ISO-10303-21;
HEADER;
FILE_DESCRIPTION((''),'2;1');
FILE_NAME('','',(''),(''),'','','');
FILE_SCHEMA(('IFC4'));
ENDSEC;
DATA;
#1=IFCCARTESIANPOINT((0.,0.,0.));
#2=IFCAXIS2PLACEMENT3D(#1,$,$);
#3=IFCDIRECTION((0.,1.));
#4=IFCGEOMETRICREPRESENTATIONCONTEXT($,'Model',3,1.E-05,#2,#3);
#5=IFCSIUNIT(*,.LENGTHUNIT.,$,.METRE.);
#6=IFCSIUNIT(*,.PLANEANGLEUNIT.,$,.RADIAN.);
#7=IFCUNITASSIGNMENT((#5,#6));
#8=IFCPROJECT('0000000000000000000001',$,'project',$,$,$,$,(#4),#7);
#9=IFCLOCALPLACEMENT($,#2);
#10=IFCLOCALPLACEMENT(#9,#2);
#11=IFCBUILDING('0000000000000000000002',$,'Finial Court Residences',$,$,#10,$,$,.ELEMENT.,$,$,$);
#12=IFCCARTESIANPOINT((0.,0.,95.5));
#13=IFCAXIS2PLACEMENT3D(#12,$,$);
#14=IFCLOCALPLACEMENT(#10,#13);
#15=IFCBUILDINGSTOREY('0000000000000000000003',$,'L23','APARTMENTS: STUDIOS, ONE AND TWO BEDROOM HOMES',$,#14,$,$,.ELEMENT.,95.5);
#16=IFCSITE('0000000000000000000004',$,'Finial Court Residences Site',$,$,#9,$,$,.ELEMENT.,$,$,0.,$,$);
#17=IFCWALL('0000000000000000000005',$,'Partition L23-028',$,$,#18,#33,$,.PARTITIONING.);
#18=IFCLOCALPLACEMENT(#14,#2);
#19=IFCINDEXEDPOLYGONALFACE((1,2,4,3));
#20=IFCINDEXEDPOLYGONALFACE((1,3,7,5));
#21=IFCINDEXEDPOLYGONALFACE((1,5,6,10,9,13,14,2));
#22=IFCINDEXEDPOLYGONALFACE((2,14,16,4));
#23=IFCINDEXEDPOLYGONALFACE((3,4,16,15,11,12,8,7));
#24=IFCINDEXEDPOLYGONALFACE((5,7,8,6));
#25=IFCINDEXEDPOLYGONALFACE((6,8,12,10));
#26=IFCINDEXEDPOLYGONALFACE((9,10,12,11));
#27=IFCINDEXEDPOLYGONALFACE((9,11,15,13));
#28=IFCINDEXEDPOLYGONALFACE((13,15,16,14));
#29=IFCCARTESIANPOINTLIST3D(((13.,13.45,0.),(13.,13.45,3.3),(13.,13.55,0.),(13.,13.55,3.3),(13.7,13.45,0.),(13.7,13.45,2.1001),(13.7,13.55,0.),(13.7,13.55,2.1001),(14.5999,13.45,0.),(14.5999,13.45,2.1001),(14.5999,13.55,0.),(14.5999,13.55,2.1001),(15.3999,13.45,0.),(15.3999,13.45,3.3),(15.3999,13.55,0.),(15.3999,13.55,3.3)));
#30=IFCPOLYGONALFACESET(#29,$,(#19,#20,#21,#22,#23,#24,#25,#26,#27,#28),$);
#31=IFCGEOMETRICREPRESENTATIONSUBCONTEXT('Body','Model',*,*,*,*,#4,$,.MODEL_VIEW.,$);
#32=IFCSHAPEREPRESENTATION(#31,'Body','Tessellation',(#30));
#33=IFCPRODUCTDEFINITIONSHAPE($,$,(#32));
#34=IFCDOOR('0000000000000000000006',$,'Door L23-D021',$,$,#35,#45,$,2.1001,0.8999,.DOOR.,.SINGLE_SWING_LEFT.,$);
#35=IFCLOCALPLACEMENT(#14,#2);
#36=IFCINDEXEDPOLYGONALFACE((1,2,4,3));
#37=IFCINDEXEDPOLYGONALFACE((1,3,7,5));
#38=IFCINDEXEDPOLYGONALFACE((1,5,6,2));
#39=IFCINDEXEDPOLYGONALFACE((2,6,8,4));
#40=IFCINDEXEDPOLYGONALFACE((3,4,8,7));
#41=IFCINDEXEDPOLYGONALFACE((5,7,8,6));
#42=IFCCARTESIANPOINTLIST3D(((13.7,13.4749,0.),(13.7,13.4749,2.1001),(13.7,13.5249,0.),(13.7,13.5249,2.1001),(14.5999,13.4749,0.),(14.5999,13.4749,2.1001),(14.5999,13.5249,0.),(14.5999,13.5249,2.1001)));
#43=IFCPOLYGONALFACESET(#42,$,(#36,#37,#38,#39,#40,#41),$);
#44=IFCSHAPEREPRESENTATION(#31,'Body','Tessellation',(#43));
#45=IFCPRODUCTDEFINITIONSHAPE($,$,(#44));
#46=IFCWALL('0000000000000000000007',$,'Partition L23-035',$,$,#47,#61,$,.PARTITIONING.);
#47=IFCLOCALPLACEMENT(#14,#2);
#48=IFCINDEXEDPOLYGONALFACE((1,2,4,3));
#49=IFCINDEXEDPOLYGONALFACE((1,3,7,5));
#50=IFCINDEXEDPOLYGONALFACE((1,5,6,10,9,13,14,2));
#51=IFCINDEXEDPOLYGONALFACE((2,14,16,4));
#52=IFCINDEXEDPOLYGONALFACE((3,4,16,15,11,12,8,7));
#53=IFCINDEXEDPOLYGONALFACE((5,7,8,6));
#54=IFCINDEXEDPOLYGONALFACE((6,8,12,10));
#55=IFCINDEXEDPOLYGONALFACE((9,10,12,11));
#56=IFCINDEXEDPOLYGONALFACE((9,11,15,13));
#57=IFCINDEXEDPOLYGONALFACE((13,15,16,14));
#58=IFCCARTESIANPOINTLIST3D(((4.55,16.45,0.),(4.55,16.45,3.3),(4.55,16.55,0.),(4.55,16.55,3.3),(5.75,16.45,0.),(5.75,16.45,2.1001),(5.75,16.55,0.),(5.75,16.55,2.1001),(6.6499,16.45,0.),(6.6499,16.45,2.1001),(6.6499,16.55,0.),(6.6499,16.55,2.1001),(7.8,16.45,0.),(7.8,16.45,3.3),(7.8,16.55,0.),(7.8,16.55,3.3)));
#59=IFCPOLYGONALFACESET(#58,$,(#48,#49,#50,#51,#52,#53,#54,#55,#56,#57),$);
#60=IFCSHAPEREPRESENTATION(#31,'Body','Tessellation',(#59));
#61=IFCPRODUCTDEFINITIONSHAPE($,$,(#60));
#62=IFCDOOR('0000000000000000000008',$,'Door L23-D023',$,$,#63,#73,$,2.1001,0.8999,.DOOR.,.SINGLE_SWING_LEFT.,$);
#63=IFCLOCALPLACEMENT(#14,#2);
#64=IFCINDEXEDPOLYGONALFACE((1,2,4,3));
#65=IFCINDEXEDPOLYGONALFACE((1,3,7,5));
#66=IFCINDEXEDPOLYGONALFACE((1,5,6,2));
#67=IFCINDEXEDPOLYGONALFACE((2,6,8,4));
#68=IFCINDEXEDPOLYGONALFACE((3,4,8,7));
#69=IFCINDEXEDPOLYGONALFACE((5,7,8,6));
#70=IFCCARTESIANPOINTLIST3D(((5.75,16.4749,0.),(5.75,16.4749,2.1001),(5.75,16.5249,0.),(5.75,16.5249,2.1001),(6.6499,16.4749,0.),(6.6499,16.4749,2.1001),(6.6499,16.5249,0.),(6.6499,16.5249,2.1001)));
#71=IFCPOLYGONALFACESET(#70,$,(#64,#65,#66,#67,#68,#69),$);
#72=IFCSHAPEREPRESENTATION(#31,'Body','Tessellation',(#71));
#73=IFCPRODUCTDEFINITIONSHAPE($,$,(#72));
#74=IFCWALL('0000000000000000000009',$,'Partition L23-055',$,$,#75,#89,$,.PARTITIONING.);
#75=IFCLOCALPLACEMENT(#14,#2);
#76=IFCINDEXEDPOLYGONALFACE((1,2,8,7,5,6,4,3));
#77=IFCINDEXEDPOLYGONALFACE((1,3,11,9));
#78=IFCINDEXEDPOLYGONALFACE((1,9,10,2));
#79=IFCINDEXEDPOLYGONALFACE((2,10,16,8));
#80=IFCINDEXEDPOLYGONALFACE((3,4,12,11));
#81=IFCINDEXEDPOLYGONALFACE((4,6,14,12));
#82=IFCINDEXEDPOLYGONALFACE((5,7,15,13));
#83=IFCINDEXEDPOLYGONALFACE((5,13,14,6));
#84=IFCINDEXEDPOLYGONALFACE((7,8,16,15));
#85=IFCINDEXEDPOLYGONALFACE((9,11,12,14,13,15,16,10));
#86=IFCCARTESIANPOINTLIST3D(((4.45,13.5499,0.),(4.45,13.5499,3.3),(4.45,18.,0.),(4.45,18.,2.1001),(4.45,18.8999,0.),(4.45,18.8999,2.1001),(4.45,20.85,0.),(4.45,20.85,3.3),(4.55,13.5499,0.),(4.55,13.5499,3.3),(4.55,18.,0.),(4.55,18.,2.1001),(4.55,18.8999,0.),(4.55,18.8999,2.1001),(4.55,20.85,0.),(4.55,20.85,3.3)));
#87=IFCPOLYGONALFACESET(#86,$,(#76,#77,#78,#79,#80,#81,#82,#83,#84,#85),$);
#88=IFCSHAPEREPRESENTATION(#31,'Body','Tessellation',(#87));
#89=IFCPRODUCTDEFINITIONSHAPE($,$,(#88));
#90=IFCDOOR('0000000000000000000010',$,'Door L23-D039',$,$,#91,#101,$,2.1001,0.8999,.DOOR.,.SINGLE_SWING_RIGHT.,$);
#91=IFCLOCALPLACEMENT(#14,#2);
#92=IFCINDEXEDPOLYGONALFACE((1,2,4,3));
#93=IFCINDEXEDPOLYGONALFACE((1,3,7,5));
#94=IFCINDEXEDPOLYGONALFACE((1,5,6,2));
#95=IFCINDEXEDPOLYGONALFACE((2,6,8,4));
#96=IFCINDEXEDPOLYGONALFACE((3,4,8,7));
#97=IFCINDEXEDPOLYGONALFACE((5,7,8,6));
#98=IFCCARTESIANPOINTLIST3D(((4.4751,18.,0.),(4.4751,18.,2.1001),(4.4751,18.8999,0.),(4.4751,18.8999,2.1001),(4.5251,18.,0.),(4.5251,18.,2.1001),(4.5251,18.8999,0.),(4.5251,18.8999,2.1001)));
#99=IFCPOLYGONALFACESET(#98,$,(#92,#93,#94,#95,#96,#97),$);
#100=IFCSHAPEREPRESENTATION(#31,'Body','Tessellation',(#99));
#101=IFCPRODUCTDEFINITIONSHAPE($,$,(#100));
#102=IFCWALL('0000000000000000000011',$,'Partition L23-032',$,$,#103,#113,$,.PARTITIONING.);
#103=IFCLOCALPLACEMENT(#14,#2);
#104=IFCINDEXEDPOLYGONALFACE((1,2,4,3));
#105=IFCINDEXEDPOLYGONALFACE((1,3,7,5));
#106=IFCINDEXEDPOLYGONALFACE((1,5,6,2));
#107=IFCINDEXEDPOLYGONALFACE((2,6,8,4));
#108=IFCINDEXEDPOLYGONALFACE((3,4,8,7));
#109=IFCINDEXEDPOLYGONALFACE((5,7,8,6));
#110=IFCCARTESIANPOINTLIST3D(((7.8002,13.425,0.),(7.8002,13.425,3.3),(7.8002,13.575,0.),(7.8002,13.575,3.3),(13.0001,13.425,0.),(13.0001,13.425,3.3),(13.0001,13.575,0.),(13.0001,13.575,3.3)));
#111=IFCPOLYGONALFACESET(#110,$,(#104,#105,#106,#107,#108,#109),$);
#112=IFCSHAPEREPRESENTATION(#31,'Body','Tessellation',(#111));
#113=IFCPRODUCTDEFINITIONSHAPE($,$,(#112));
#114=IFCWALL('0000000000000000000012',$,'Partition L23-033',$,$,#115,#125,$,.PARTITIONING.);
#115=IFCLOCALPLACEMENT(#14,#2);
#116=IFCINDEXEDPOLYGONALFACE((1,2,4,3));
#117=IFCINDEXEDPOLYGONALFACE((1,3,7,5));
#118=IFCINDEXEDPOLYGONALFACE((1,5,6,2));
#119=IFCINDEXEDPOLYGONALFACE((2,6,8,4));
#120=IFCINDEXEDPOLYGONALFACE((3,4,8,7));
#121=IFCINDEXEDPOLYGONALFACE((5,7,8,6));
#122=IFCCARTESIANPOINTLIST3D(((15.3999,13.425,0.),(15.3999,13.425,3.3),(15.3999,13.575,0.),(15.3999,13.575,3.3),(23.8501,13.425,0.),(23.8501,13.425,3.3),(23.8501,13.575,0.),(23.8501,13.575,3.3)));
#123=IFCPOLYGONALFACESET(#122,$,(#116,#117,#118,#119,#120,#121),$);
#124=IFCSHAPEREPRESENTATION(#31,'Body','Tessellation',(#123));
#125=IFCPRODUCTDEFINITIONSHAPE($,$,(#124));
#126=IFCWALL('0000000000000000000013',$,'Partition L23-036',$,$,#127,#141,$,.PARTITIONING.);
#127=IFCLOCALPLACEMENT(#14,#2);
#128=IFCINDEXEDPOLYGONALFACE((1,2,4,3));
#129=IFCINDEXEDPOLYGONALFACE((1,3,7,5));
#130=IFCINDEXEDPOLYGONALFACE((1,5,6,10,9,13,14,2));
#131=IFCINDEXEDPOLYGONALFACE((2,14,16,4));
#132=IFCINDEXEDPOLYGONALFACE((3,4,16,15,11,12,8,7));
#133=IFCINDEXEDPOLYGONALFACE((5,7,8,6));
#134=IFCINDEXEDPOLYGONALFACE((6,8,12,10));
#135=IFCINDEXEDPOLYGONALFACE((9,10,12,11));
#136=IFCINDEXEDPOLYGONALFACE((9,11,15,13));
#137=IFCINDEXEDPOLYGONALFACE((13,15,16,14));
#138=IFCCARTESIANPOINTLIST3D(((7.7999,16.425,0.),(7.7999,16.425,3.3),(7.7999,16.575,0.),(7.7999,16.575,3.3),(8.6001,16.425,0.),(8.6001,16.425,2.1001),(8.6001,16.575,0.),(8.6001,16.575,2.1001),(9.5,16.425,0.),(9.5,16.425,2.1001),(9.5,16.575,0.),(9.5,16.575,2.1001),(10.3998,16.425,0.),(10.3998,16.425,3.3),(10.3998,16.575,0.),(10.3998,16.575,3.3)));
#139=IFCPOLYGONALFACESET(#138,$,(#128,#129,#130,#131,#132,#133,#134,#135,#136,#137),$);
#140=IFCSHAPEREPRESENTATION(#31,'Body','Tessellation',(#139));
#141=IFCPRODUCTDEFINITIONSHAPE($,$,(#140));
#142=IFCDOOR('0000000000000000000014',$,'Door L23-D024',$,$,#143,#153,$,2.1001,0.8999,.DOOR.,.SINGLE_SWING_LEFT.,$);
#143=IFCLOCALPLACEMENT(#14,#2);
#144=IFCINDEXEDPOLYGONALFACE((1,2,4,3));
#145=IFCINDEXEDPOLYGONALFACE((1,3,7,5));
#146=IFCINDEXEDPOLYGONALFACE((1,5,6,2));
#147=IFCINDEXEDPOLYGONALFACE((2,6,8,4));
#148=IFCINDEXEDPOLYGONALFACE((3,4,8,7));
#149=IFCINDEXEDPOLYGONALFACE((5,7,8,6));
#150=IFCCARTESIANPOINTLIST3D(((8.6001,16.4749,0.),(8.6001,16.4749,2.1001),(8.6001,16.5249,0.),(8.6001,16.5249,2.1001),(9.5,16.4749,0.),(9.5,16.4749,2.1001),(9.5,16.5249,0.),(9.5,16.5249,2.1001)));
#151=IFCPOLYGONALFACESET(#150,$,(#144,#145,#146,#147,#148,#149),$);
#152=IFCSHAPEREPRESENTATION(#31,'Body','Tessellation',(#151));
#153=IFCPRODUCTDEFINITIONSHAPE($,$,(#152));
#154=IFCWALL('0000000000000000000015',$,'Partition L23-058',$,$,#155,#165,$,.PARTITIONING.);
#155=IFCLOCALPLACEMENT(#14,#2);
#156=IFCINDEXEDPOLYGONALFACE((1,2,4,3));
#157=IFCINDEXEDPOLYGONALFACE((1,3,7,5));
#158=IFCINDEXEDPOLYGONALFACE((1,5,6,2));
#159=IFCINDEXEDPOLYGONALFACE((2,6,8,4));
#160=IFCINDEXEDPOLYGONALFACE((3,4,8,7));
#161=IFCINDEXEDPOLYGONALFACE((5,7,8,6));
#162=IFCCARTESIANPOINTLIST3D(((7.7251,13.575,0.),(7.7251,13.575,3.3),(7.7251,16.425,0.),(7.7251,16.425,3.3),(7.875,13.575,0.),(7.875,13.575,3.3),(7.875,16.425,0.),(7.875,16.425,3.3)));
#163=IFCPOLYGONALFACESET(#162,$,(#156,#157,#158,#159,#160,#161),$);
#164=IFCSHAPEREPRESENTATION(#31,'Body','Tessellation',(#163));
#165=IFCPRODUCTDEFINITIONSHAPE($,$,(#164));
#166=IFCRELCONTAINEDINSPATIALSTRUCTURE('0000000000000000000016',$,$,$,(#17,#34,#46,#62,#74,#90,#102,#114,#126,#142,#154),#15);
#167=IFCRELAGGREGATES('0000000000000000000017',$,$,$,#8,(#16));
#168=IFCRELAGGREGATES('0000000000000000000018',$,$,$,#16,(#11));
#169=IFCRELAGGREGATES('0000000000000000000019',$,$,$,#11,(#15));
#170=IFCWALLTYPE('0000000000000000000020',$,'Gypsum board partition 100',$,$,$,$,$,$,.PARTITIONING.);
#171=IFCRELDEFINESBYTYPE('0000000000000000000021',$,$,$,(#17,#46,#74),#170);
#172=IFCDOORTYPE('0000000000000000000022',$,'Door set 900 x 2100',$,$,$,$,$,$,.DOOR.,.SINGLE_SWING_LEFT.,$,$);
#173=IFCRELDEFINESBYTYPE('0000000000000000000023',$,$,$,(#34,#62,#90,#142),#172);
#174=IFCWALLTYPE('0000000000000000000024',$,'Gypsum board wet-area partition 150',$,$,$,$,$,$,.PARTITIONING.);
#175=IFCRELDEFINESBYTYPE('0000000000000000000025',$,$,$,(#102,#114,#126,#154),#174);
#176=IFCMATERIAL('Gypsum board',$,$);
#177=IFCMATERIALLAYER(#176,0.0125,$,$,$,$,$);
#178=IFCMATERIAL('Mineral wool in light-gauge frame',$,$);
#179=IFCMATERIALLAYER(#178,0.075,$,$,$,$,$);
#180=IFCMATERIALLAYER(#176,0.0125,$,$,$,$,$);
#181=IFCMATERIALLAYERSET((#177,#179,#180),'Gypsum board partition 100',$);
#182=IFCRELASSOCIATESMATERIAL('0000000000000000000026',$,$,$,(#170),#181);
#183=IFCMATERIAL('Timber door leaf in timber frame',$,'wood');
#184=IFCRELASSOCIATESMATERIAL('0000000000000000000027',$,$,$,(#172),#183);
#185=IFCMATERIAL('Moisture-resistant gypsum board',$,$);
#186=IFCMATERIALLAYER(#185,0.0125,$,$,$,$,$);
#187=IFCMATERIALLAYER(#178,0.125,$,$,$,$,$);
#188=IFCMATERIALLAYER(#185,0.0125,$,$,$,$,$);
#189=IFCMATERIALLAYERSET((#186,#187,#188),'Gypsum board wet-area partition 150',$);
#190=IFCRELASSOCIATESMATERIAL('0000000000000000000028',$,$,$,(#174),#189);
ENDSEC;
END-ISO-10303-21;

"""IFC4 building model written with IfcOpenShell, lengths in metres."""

from ifc_helpers import new_model, si_unit, direction, frame, frame_2d, origin, place, context, subcontext, project, spatial, rectangle, extrude, material, layer, layer_set, type_object, element, fill, save


model = new_model("IFC4")

# Units and contexts
model_context = context("Model", 3, precision=1e-05, world=origin(), true_north=direction((0.0, 1.0)))
body_context = subcontext(model_context, "Body", "Model", "MODEL_VIEW")
ifc_project = project(units=[si_unit("LENGTHUNIT", "METRE"), si_unit("PLANEANGLEUNIT", "RADIAN")], contexts=[model_context])

# Site, building, storey
site_placement = place(None, origin())
site = spatial("IfcSite", under=ifc_project, at=site_placement, Name="Finial Court Residences Site", CompositionType="ELEMENT", RefElevation=0.0)
building_placement = place(site_placement, origin())
building = spatial("IfcBuilding", under=site, at=building_placement, Name="Finial Court Residences", CompositionType="ELEMENT")
storey_placement = place(building_placement, frame((0.0, 0.0, 95.5)))
storey = spatial("IfcBuildingStorey", under=building, at=storey_placement, Name="L23", Description="APARTMENTS: STUDIOS, ONE AND TWO BEDROOM HOMES", CompositionType="ELEMENT", Elevation=95.5)

# Shared definitions
ifc_material_1 = material(Name="Gypsum board")

# Walls, openings, doors
ifc_layer_1 = layer(ifc_material_1, 0.0125)
ifc_material_2 = material(Name="Mineral wool in light-gauge frame")
ifc_layer_2 = layer(ifc_material_2, 0.075)
ifc_layer_3 = layer(ifc_material_1, 0.0125)
ifc_layer_set_1 = layer_set([ifc_layer_1, ifc_layer_2, ifc_layer_3], Name="Gypsum board partition 100")
wall_type_1 = type_object("IfcWallType", Name="Gypsum board partition 100", PredefinedType="PARTITIONING", material=ifc_layer_set_1)
wall_1_placement = place(storey_placement, frame((13.0, 13.5, 0.0), z_axis=(0.0, 0.0, 1.0), x_axis=(1.0, 0.0, 0.0)))
wall_1 = element("IfcWall", 1, at=wall_1_placement, inside=storey, type_object=wall_type_1, Name="Partition L23-028", PredefinedType="PARTITIONING", context=body_context, shape_type="SweptSolid", body=[
    extrude(rectangle(XDim=2.3999, YDim=0.1001, at=frame_2d((1.2, 0.0))), origin(), (0.0, 0.0, 1.0), 3.3),
])
opening_1_placement = place(wall_1_placement, frame((0.7, 0.0, 0.0)))
opening_1 = element("IfcOpeningElement", 2, at=opening_1_placement, cuts=wall_1, PredefinedType="OPENING", context=body_context, shape_type="SweptSolid", body=[
    extrude(rectangle(XDim=0.8999, YDim=2.1001, at=frame_2d((0.45, 1.05))), frame((0.0, 0.0601, 0.0), z_axis=(0.0, -1.0, 0.0), x_axis=(1.0, 0.0, 0.0)), (0.0, 0.0, 1.0), 0.1201),
])
ifc_material_3 = material(Name="Timber door leaf in timber frame", Category="wood")
door_type = type_object("IfcDoorType", Name="Door set 900 x 2100", OperationType="SINGLE_SWING_LEFT", PredefinedType="DOOR", material=ifc_material_3)
door_1_placement = place(opening_1_placement, origin())
door_1 = element("IfcDoor", 3, at=door_1_placement, inside=storey, type_object=door_type, Name="Door L23-D021", OperationType="SINGLE_SWING_LEFT", OverallHeight=2.1001, OverallWidth=0.8999, PredefinedType="DOOR", context=body_context, shape_type="SweptSolid", body=[
    extrude(rectangle(XDim=0.8999, YDim=2.1001, at=frame_2d((0.45, 1.05))), frame((0.0, 0.0249, 0.0), z_axis=(0.0, -1.0, 0.0), x_axis=(1.0, 0.0, 0.0)), (0.0, 0.0, 1.0), 0.05),
])
fill(opening_1, door_1)
wall_2_placement = place(storey_placement, frame((4.55, 16.5, 0.0), z_axis=(0.0, 0.0, 1.0), x_axis=(1.0, 0.0, 0.0)))
wall_2 = element("IfcWall", 4, at=wall_2_placement, inside=storey, type_object=wall_type_1, Name="Partition L23-035", PredefinedType="PARTITIONING", context=body_context, shape_type="SweptSolid", body=[
    extrude(rectangle(XDim=3.25, YDim=0.1001, at=frame_2d((1.625, 0.0))), origin(), (0.0, 0.0, 1.0), 3.3),
])
opening_2_placement = place(wall_2_placement, frame((1.2, 0.0, 0.0)))
opening_2 = element("IfcOpeningElement", 5, at=opening_2_placement, cuts=wall_2, PredefinedType="OPENING", context=body_context, shape_type="SweptSolid", body=[
    extrude(rectangle(XDim=0.8999, YDim=2.1001, at=frame_2d((0.45, 1.05))), frame((0.0, 0.0601, 0.0), z_axis=(0.0, -1.0, 0.0), x_axis=(1.0, 0.0, 0.0)), (0.0, 0.0, 1.0), 0.1201),
])
door_2_placement = place(opening_2_placement, origin())
door_2 = element("IfcDoor", 6, at=door_2_placement, inside=storey, type_object=door_type, Name="Door L23-D023", OperationType="SINGLE_SWING_LEFT", OverallHeight=2.1001, OverallWidth=0.8999, PredefinedType="DOOR", context=body_context, shape_type="SweptSolid", body=[
    extrude(rectangle(XDim=0.8999, YDim=2.1001, at=frame_2d((0.45, 1.05))), frame((0.0, 0.0249, 0.0), z_axis=(0.0, -1.0, 0.0), x_axis=(1.0, 0.0, 0.0)), (0.0, 0.0, 1.0), 0.05),
])
fill(opening_2, door_2)
wall_3_placement = place(storey_placement, frame((4.5, 13.55, 0.0), z_axis=(0.0, 0.0, 1.0), x_axis=(0.0, 1.0, 0.0)))
wall_3 = element("IfcWall", 7, at=wall_3_placement, inside=storey, type_object=wall_type_1, Name="Partition L23-055", PredefinedType="PARTITIONING", context=body_context, shape_type="SweptSolid", body=[
    extrude(rectangle(XDim=7.3, YDim=0.1001, at=frame_2d((3.6499, 0.0))), origin(), (0.0, 0.0, 1.0), 3.3),
])
opening_3_placement = place(wall_3_placement, frame((4.45, 0.0, 0.0)))
opening_3 = element("IfcOpeningElement", 8, at=opening_3_placement, cuts=wall_3, PredefinedType="OPENING", context=body_context, shape_type="SweptSolid", body=[
    extrude(rectangle(XDim=0.8999, YDim=2.1001, at=frame_2d((0.45, 1.05))), frame((0.0, 0.0601, 0.0), z_axis=(0.0, -1.0, 0.0), x_axis=(1.0, 0.0, 0.0)), (0.0, 0.0, 1.0), 0.1201),
])
door_3_placement = place(opening_3_placement, origin())
door_3 = element("IfcDoor", 9, at=door_3_placement, inside=storey, type_object=door_type, Name="Door L23-D039", OperationType="SINGLE_SWING_RIGHT", OverallHeight=2.1001, OverallWidth=0.8999, PredefinedType="DOOR", context=body_context, shape_type="SweptSolid", body=[
    extrude(rectangle(XDim=0.8999, YDim=2.1001, at=frame_2d((0.45, 1.05))), frame((0.0, 0.0249, 0.0), z_axis=(0.0, -1.0, 0.0), x_axis=(1.0, 0.0, 0.0)), (0.0, 0.0, 1.0), 0.05),
])
fill(opening_3, door_3)

# Walls
ifc_material_4 = material(Name="Moisture-resistant gypsum board")
ifc_layer_4 = layer(ifc_material_4, 0.0125)
ifc_layer_5 = layer(ifc_material_2, 0.125)
ifc_layer_6 = layer(ifc_material_4, 0.0125)
ifc_layer_set_2 = layer_set([ifc_layer_4, ifc_layer_5, ifc_layer_6], Name="Gypsum board wet-area partition 150")
wall_type_2 = type_object("IfcWallType", Name="Gypsum board wet-area partition 150", PredefinedType="PARTITIONING", material=ifc_layer_set_2)
wall_4_placement = place(storey_placement, frame((7.8, 13.5, 0.0), z_axis=(0.0, 0.0, 1.0), x_axis=(1.0, 0.0, 0.0)))
element("IfcWall", 10, at=wall_4_placement, inside=storey, type_object=wall_type_2, Name="Partition L23-032", PredefinedType="PARTITIONING", context=body_context, shape_type="SweptSolid", body=[
    extrude(rectangle(XDim=5.2, YDim=0.1499, at=frame_2d((2.6001, 0.0))), origin(), (0.0, 0.0, 1.0), 3.3),
])
wall_5_placement = place(storey_placement, frame((15.3999, 13.5, 0.0), z_axis=(0.0, 0.0, 1.0), x_axis=(1.0, 0.0, 0.0)))
element("IfcWall", 11, at=wall_5_placement, inside=storey, type_object=wall_type_2, Name="Partition L23-033", PredefinedType="PARTITIONING", context=body_context, shape_type="SweptSolid", body=[
    extrude(rectangle(XDim=8.4502, YDim=0.1499, at=frame_2d((4.2251, 0.0))), origin(), (0.0, 0.0, 1.0), 3.3),
])

# Wall, opening, door
wall_6_placement = place(storey_placement, frame((7.8, 16.5, 0.0), z_axis=(0.0, 0.0, 1.0), x_axis=(1.0, 0.0, 0.0)))
wall_6 = element("IfcWall", 12, at=wall_6_placement, inside=storey, type_object=wall_type_2, Name="Partition L23-036", PredefinedType="PARTITIONING", context=body_context, shape_type="SweptSolid", body=[
    extrude(rectangle(XDim=2.5999, YDim=0.1499, at=frame_2d((1.2998, 0.0))), origin(), (0.0, 0.0, 1.0), 3.3),
])
opening_4_placement = place(wall_6_placement, frame((0.8, 0.0, 0.0)))
opening_4 = element("IfcOpeningElement", 13, at=opening_4_placement, cuts=wall_6, PredefinedType="OPENING", context=body_context, shape_type="SweptSolid", body=[
    extrude(rectangle(XDim=0.8999, YDim=2.1001, at=frame_2d((0.45, 1.05))), frame((0.0, 0.085, 0.0), z_axis=(0.0, -1.0, 0.0), x_axis=(1.0, 0.0, 0.0)), (0.0, 0.0, 1.0), 0.1699),
])
door_4_placement = place(opening_4_placement, origin())
door_4 = element("IfcDoor", 14, at=door_4_placement, inside=storey, type_object=door_type, Name="Door L23-D024", OperationType="SINGLE_SWING_LEFT", OverallHeight=2.1001, OverallWidth=0.8999, PredefinedType="DOOR", context=body_context, shape_type="SweptSolid", body=[
    extrude(rectangle(XDim=0.8999, YDim=2.1001, at=frame_2d((0.45, 1.05))), frame((0.0, 0.0249, 0.0), z_axis=(0.0, -1.0, 0.0), x_axis=(1.0, 0.0, 0.0)), (0.0, 0.0, 1.0), 0.05),
])
fill(opening_4, door_4)

# Wall
wall_7_placement = place(storey_placement, frame((7.8, 13.575, 0.0), z_axis=(0.0, 0.0, 1.0), x_axis=(0.0, 1.0, 0.0)))
element("IfcWall", 15, at=wall_7_placement, inside=storey, type_object=wall_type_2, Name="Partition L23-058", PredefinedType="PARTITIONING", context=body_context, shape_type="SweptSolid", body=[
    extrude(rectangle(XDim=2.8501, YDim=0.1499, at=frame_2d((1.425, 0.0))), origin(), (0.0, 0.0, 1.0), 3.3),
])

save(model, "model.ifc")
